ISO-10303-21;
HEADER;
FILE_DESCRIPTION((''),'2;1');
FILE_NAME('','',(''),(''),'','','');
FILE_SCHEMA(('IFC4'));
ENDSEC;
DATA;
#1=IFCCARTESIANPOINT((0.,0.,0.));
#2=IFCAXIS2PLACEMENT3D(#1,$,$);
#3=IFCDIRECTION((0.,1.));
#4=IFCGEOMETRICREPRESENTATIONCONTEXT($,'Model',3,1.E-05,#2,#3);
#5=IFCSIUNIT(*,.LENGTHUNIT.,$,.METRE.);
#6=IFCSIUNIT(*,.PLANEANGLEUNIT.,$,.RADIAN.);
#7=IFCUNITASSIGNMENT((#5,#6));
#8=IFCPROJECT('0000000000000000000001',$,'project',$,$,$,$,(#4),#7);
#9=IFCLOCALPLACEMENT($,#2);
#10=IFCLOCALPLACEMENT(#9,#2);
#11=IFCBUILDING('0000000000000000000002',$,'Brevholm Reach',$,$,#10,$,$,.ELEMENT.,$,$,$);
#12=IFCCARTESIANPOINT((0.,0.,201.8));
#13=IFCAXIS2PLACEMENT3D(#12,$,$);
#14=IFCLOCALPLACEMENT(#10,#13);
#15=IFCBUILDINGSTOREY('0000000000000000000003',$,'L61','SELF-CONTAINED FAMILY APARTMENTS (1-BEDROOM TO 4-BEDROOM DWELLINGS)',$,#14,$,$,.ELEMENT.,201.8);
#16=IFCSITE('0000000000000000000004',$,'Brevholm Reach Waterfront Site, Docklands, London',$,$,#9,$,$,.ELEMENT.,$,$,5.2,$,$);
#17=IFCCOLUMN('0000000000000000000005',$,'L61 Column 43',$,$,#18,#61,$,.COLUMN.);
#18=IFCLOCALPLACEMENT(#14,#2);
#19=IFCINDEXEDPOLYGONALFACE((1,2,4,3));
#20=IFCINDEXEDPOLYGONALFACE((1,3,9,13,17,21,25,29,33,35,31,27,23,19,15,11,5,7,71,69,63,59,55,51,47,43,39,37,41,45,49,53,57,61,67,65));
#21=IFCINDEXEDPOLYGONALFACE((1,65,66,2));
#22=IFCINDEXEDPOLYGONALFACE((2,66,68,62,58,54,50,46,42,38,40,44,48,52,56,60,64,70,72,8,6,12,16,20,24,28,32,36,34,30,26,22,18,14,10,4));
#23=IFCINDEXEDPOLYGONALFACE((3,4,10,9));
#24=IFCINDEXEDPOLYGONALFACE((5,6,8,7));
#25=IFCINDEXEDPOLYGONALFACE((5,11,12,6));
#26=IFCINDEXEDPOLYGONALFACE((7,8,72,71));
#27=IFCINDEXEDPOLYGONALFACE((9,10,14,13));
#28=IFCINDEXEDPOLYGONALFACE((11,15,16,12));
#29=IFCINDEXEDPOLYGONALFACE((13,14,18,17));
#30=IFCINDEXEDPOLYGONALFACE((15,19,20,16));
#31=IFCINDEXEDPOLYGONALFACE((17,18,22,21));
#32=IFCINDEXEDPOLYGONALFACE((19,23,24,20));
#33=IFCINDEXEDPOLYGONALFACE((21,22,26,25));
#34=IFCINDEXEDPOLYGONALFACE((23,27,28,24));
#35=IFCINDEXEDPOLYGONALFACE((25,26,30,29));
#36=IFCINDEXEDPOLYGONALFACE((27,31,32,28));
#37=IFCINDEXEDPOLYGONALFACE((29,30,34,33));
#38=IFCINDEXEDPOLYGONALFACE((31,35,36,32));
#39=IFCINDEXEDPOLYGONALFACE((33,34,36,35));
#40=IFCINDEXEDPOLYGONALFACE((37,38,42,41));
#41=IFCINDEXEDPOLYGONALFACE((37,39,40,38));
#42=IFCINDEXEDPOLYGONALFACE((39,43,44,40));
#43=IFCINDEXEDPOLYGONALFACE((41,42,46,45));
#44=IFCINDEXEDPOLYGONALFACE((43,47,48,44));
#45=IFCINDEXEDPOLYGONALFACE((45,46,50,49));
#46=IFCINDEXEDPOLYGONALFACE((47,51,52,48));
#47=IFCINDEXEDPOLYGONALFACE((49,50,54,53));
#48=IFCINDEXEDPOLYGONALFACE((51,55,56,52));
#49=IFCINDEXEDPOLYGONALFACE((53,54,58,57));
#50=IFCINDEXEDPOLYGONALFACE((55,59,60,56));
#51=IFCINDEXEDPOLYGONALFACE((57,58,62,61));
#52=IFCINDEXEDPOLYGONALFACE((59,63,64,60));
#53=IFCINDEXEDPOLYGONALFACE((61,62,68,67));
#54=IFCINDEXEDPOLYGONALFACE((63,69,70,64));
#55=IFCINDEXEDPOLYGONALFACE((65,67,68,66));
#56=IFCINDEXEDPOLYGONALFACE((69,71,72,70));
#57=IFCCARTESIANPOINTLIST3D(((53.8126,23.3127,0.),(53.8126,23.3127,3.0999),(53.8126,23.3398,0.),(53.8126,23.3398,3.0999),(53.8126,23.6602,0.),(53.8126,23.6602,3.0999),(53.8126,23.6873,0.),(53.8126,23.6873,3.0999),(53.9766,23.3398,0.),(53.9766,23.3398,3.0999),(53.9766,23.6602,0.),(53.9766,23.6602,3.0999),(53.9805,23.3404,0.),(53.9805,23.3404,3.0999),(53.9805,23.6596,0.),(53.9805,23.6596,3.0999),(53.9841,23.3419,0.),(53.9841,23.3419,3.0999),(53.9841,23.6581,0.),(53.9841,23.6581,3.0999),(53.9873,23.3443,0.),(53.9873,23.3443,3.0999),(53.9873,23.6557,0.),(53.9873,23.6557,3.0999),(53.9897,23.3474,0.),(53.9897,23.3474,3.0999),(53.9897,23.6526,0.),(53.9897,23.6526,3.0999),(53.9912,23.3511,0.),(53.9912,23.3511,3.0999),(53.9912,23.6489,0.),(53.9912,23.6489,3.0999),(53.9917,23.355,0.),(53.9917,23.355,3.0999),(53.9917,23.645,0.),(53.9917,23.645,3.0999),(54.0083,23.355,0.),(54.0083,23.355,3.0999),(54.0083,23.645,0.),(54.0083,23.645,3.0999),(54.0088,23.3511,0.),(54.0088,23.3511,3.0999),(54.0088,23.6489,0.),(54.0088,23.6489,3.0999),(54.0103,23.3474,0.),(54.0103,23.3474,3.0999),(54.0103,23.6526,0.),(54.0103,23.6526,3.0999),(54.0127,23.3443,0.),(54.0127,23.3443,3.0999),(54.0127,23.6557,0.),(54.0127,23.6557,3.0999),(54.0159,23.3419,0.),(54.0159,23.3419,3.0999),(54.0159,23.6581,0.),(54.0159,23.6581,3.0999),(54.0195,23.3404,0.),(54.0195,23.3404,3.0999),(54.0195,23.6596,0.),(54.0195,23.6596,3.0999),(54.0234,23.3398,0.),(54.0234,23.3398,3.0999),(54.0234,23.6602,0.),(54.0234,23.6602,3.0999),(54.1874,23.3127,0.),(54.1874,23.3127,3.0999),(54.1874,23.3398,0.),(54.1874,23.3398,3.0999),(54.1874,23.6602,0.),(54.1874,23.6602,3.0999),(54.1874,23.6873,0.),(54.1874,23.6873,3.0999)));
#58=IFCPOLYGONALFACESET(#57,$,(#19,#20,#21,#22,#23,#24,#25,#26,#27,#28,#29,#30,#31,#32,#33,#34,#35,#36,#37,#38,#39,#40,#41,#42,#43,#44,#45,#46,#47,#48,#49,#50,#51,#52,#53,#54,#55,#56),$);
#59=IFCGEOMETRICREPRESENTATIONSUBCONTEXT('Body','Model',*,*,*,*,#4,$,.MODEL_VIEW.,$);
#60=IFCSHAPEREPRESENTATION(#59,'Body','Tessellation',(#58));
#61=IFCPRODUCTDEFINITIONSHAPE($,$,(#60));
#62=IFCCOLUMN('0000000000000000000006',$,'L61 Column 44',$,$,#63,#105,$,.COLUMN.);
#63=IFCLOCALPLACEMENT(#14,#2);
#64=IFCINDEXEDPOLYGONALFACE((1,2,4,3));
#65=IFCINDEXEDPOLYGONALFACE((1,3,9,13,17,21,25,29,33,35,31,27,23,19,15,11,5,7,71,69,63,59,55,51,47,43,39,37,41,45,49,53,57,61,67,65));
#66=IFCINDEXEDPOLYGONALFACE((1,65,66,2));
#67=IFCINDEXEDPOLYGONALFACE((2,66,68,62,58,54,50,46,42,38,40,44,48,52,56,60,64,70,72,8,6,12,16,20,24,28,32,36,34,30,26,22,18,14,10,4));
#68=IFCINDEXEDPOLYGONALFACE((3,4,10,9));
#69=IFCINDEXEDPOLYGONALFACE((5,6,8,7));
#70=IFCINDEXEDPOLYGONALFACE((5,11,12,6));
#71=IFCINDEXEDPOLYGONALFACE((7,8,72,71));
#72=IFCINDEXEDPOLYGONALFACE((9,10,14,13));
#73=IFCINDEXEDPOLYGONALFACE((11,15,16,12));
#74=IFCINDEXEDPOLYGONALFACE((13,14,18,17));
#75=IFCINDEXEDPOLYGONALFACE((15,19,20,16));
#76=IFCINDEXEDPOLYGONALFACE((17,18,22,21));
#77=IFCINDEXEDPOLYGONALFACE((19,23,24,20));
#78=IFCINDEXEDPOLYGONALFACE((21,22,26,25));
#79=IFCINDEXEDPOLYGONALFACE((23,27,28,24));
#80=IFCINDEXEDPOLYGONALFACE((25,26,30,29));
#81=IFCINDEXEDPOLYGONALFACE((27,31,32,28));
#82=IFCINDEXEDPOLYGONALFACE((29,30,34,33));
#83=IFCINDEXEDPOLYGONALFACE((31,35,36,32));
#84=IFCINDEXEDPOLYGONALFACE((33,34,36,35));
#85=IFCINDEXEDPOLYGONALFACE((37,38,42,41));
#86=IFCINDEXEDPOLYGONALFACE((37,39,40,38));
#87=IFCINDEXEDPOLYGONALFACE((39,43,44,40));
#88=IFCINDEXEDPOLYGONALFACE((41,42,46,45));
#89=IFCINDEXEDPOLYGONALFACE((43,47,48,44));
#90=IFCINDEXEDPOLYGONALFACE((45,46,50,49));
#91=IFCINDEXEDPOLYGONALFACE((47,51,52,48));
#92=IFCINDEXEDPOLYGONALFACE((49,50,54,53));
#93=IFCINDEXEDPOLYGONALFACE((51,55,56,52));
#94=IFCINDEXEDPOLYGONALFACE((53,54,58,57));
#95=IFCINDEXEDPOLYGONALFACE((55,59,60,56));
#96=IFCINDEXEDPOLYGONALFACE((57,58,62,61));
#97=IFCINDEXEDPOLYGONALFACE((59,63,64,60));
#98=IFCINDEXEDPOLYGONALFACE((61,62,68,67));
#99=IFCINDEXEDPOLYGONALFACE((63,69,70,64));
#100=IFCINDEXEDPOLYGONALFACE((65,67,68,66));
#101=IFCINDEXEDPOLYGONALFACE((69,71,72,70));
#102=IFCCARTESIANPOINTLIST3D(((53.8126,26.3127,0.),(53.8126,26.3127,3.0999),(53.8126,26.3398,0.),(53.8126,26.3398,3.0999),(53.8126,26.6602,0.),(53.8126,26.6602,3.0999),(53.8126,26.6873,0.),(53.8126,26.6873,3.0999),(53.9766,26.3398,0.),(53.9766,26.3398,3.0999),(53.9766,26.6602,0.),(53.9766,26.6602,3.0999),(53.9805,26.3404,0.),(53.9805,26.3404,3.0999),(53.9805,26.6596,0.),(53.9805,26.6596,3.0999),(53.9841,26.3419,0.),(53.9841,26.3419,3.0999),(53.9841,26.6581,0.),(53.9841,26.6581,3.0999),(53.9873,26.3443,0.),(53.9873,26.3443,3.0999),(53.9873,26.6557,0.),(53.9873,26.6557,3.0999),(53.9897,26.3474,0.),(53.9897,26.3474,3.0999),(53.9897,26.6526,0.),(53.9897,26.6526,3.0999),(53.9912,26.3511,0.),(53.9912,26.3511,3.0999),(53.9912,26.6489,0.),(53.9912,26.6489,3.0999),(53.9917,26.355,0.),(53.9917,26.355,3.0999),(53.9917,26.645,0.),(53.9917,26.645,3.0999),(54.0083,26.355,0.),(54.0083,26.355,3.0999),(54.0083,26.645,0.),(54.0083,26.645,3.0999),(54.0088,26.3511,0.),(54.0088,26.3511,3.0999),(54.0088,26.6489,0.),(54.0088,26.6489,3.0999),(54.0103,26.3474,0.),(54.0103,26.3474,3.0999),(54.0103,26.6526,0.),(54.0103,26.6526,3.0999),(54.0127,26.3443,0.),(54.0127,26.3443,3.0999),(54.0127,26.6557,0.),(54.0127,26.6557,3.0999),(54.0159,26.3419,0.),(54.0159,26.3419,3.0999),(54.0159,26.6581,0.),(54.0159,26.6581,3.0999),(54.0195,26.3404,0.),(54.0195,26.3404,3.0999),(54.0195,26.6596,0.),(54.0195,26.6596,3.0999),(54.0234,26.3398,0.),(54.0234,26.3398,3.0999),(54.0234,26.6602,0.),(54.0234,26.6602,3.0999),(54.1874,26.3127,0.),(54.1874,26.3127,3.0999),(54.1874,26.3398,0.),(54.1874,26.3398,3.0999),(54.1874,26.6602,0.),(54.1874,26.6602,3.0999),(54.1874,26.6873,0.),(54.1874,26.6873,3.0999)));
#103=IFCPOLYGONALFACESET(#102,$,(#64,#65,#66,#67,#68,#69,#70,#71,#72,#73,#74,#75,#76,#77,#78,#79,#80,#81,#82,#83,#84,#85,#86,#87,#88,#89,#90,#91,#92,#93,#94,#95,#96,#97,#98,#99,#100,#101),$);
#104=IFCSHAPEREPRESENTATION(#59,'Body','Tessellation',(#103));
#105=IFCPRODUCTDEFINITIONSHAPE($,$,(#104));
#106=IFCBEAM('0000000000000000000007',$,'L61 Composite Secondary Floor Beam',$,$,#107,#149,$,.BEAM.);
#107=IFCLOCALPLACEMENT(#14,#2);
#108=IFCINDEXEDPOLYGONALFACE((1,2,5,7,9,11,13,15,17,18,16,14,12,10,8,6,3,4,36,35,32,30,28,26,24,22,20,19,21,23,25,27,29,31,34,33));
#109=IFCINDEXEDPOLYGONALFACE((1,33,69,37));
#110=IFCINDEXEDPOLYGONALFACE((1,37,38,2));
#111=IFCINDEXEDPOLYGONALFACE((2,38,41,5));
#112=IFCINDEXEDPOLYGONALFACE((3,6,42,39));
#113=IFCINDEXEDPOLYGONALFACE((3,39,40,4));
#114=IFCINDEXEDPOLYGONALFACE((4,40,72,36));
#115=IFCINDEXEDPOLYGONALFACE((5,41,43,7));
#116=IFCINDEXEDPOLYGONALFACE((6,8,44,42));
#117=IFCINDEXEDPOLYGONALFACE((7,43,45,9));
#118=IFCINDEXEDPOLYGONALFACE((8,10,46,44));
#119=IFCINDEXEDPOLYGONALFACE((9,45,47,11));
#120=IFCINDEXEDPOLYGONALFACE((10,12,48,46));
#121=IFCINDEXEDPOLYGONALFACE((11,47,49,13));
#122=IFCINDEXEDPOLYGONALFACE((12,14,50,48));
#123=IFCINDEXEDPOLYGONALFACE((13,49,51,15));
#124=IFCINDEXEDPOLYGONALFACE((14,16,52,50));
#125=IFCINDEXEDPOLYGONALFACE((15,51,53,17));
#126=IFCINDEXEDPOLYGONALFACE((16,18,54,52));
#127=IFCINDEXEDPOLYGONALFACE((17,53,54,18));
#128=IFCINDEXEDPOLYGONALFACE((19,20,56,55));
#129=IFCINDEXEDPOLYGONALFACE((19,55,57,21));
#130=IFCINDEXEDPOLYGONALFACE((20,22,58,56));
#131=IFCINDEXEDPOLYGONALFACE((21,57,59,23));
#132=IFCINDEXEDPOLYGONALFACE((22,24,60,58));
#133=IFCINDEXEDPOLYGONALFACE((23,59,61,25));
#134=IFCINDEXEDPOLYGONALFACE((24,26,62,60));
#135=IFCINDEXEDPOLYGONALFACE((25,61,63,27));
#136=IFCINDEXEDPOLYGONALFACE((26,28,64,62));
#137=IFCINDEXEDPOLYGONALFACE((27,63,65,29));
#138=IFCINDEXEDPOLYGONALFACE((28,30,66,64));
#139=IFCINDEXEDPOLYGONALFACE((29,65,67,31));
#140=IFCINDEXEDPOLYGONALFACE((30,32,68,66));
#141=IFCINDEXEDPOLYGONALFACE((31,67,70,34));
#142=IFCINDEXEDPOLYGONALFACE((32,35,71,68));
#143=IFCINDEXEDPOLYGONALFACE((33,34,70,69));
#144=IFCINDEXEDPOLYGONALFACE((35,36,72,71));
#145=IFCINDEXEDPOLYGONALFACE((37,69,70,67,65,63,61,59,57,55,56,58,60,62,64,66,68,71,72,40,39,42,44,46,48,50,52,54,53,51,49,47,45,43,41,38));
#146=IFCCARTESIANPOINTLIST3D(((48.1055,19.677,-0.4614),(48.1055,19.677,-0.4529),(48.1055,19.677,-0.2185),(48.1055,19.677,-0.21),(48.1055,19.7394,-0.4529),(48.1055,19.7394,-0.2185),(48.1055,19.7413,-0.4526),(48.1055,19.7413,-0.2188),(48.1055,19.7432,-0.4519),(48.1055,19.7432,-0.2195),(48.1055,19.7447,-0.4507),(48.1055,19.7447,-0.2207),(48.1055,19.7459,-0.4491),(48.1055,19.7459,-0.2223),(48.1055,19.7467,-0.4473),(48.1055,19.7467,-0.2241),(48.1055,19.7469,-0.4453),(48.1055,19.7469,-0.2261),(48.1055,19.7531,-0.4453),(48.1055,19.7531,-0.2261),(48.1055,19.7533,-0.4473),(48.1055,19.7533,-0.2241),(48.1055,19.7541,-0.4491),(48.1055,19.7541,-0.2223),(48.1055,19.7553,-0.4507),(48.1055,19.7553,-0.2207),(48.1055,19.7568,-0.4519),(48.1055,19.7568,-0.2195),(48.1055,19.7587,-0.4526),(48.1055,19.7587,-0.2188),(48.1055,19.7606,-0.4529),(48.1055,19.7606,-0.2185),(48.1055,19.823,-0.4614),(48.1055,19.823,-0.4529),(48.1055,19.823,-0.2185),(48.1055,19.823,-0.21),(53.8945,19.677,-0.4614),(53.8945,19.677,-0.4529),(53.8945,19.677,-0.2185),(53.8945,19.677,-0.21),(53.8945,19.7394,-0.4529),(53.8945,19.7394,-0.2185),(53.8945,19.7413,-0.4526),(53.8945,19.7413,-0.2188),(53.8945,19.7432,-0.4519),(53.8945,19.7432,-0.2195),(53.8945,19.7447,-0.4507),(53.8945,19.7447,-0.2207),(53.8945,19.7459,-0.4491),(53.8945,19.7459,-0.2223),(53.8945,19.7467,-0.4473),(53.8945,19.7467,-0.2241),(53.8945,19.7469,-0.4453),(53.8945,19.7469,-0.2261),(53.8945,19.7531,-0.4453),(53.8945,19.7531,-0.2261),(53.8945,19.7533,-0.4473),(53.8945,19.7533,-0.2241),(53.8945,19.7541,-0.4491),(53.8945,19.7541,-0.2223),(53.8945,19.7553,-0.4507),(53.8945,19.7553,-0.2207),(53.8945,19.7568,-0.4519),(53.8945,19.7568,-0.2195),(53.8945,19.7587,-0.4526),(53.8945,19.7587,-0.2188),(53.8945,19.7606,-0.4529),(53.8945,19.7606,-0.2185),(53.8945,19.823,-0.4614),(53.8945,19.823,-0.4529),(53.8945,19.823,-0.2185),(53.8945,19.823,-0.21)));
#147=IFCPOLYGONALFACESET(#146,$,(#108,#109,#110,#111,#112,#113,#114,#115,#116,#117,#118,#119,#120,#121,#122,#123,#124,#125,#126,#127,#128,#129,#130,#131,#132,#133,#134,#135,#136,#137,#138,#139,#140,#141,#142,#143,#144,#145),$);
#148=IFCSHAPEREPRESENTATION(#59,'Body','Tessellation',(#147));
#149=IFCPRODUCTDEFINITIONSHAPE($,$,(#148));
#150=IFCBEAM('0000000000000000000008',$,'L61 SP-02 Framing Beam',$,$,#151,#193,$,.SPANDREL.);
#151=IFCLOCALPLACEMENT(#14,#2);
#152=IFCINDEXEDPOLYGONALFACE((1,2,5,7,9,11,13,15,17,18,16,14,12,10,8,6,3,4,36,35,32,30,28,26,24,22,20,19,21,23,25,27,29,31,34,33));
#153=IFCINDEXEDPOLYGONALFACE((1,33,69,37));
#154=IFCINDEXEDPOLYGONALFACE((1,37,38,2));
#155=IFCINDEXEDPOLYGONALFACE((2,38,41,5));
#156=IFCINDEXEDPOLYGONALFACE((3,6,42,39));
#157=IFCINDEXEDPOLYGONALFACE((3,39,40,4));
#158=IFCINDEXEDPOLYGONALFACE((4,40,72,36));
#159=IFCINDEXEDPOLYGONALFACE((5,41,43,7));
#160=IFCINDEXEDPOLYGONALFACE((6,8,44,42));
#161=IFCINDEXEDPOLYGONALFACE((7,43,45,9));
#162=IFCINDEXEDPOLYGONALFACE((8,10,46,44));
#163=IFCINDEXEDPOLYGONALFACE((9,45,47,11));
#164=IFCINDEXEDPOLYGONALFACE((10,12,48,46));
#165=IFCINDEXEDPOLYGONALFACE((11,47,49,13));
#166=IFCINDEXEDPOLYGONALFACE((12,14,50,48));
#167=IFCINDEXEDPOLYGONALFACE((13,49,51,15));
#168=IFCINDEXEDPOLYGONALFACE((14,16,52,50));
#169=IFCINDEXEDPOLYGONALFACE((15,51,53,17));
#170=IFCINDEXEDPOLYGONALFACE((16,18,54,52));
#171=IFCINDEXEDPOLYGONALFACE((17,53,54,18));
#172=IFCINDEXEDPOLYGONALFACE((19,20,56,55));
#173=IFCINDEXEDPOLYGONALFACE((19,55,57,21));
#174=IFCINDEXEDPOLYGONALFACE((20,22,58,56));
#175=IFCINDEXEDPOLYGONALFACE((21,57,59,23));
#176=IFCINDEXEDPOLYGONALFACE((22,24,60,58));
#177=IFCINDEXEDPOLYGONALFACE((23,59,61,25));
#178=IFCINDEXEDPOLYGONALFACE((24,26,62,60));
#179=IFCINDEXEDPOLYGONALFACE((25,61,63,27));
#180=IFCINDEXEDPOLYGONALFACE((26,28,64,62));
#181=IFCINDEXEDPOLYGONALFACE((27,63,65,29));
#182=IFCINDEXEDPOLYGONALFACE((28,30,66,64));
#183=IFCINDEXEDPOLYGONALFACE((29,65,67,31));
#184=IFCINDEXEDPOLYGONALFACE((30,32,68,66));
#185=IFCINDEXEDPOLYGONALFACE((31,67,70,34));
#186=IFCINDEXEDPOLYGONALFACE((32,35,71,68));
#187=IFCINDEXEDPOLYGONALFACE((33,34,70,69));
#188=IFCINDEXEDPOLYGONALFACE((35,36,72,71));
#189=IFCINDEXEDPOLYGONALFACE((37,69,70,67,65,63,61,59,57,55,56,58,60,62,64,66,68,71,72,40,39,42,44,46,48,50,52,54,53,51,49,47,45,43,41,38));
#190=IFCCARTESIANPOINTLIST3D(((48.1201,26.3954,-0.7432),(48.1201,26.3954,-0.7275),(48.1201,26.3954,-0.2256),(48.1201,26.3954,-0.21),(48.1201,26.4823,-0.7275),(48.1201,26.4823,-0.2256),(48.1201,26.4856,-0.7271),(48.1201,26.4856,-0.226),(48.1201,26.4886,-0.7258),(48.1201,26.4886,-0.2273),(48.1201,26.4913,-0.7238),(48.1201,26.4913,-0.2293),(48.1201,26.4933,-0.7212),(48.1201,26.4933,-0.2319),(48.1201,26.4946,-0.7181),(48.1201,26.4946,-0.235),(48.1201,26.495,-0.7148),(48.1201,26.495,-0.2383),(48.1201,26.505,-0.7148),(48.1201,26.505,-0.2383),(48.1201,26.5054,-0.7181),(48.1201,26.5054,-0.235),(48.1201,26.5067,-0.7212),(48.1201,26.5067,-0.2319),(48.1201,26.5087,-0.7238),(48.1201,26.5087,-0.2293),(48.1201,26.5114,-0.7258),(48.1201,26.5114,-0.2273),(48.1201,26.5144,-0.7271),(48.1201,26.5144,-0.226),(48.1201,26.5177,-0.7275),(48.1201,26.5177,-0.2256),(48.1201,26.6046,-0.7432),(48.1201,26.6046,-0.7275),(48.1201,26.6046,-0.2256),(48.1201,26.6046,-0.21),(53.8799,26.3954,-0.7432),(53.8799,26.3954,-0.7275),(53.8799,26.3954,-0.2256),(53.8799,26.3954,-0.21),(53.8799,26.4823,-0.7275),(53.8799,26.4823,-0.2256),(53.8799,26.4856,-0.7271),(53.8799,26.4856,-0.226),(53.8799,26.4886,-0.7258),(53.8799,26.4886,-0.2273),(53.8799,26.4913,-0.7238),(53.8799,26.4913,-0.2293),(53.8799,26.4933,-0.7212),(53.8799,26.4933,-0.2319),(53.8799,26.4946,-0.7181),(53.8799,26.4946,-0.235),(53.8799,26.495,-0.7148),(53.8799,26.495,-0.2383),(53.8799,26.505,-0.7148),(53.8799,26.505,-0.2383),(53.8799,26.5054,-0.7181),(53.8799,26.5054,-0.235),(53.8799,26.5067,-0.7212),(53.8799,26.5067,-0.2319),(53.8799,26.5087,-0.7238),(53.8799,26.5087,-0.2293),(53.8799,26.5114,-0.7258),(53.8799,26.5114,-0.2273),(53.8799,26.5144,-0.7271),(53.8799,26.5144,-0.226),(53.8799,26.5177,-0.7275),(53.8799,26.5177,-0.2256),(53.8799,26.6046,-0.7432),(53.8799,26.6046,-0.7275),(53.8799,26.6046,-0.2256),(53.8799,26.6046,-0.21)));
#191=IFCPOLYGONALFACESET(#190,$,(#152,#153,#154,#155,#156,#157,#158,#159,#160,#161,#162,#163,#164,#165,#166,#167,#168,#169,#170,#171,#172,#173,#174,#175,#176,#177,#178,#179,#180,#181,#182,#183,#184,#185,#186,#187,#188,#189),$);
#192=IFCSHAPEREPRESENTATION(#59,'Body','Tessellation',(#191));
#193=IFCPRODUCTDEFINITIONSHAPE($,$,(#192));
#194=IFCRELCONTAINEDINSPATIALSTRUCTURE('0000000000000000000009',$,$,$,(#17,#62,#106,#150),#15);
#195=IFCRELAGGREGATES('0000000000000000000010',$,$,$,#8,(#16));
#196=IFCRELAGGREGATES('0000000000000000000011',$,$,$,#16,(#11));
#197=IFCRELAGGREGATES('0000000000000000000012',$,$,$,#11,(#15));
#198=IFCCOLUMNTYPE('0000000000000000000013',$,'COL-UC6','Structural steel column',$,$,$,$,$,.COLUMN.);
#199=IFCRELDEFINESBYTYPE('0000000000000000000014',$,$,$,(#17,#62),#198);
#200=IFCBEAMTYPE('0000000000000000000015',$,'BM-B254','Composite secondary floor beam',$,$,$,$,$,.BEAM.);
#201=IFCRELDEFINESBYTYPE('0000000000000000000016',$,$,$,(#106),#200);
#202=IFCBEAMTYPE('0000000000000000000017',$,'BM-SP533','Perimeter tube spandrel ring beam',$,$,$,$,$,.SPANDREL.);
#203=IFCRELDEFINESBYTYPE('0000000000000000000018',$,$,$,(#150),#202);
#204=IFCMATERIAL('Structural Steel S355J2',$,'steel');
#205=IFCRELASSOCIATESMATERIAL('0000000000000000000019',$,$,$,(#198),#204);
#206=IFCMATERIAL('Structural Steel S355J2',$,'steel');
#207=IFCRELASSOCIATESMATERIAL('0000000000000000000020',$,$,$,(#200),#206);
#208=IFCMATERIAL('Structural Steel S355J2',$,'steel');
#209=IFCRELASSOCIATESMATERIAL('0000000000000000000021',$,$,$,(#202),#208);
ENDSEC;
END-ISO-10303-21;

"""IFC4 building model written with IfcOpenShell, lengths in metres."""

from ifc_helpers import new_model, si_unit, direction, frame, origin, origin_2d, place, context, subcontext, project, spatial, i_section, extrude, material, material_profile, profile_set, type_object, element, save


model = new_model("IFC4")

# Units and contexts
model_context = context("Model", 3, precision=1e-05, world=origin(), true_north=direction((0.0, 1.0)))
body_context = subcontext(model_context, "Body", "Model", "MODEL_VIEW")
ifc_project = project(units=[si_unit("LENGTHUNIT", "METRE"), si_unit("PLANEANGLEUNIT", "RADIAN")], contexts=[model_context])

# Site, building, storey
site_placement = place(None, origin())
site = spatial("IfcSite", under=ifc_project, at=site_placement, Name="Brevholm Reach Waterfront Site, Docklands, London", CompositionType="ELEMENT", RefElevation=5.2)
building_placement = place(site_placement, origin())
building = spatial("IfcBuilding", under=site, at=building_placement, Name="Brevholm Reach", CompositionType="ELEMENT")
storey_placement = place(building_placement, frame((0.0, 0.0, 201.8)))
storey = spatial("IfcBuildingStorey", under=building, at=storey_placement, Name="L61", Description="SELF-CONTAINED FAMILY APARTMENTS (1-BEDROOM TO 4-BEDROOM DWELLINGS)", CompositionType="ELEMENT", Elevation=201.8)

# Columns
ifc_material_1 = material(Name="Structural Steel S355J2", Category="steel")
ifc_material_profile_1 = material_profile(ifc_material_1, i_section(OverallWidth=0.3748, OverallDepth=0.3745, WebThickness=0.0166, FlangeThickness=0.0271, FilletRadius=0.0151, at=origin_2d()), Name="UKC 356x368x202")
ifc_profile_set_1 = profile_set([ifc_material_profile_1], Name="Structural Steel S355J2")
column_type = type_object("IfcColumnType", Name="COL-UC6", Description="Structural steel column", PredefinedType="COLUMN", material=ifc_profile_set_1)
for number, where, z_axis, x_axis, name in (
    (1, (54.0, 23.5, 0.0), (0.0, 0.0, 1.0), (1.0, 0.0, 0.0), "L61 Column 43"),
    (2, (54.0, 26.5, 0.0), (0.0, 0.0, 1.0), (1.0, 0.0, 0.0), "L61 Column 44"),
):
    element("IfcColumn", number, at=place(storey_placement, frame(where, z_axis=z_axis, x_axis=x_axis)), inside=storey, type_object=column_type, Name=name, PredefinedType="COLUMN", context=body_context, shape_type="SweptSolid", body=[
        extrude(i_section(OverallWidth=0.3748, OverallDepth=0.3745, WebThickness=0.0166, FlangeThickness=0.0271, FilletRadius=0.0151, at=origin_2d()), origin(), (0.0, 0.0, 1.0), 3.0999),
    ])

# Beams
ifc_material_2 = material(Name="Structural Steel S355J2", Category="steel")
ifc_material_profile_2 = material_profile(ifc_material_2, i_section(OverallWidth=0.146, OverallDepth=0.2515, WebThickness=0.0061, FlangeThickness=0.0085, FilletRadius=0.0076, at=origin_2d()), Name="UKB 254x146x31")
ifc_profile_set_2 = profile_set([ifc_material_profile_2], Name="Structural Steel S355J2")
beam_type_1 = type_object("IfcBeamType", Name="BM-B254", Description="Composite secondary floor beam", PredefinedType="BEAM", material=ifc_profile_set_2)
beam_1_placement = place(storey_placement, frame((48.1055, 19.75, -0.3357), z_axis=(1.0, 0.0, 0.0), x_axis=(0.0, 1.0, 0.0)))
element("IfcBeam", 3, at=beam_1_placement, inside=storey, type_object=beam_type_1, Name="L61 Composite Secondary Floor Beam", PredefinedType="BEAM", context=body_context, shape_type="SweptSolid", body=[
    extrude(i_section(OverallWidth=0.146, OverallDepth=0.2515, WebThickness=0.0061, FlangeThickness=0.0085, FilletRadius=0.0076, at=origin_2d()), origin(), (0.0, 0.0, 1.0), 5.7891),
])
ifc_material_3 = material(Name="Structural Steel S355J2", Category="steel")
ifc_material_profile_3 = material_profile(ifc_material_3, i_section(OverallWidth=0.2092, OverallDepth=0.5332, WebThickness=0.01, FlangeThickness=0.0156, FilletRadius=0.0127, at=origin_2d()), Name="UKB 533x210x92")
ifc_profile_set_3 = profile_set([ifc_material_profile_3], Name="Structural Steel S355J2")
beam_type_2 = type_object("IfcBeamType", Name="BM-SP533", Description="Perimeter tube spandrel ring beam", PredefinedType="SPANDREL", material=ifc_profile_set_3)
beam_2_placement = place(storey_placement, frame((48.1201, 26.5, -0.4766), z_axis=(1.0, 0.0, 0.0), x_axis=(0.0, 1.0, 0.0)))
element("IfcBeam", 4, at=beam_2_placement, inside=storey, type_object=beam_type_2, Name="L61 SP-02 Framing Beam", PredefinedType="SPANDREL", context=body_context, shape_type="SweptSolid", body=[
    extrude(i_section(OverallWidth=0.2092, OverallDepth=0.5332, WebThickness=0.01, FlangeThickness=0.0156, FilletRadius=0.0127, at=origin_2d()), origin(), (0.0, 0.0, 1.0), 5.7598),
])

save(model, "model.ifc")
